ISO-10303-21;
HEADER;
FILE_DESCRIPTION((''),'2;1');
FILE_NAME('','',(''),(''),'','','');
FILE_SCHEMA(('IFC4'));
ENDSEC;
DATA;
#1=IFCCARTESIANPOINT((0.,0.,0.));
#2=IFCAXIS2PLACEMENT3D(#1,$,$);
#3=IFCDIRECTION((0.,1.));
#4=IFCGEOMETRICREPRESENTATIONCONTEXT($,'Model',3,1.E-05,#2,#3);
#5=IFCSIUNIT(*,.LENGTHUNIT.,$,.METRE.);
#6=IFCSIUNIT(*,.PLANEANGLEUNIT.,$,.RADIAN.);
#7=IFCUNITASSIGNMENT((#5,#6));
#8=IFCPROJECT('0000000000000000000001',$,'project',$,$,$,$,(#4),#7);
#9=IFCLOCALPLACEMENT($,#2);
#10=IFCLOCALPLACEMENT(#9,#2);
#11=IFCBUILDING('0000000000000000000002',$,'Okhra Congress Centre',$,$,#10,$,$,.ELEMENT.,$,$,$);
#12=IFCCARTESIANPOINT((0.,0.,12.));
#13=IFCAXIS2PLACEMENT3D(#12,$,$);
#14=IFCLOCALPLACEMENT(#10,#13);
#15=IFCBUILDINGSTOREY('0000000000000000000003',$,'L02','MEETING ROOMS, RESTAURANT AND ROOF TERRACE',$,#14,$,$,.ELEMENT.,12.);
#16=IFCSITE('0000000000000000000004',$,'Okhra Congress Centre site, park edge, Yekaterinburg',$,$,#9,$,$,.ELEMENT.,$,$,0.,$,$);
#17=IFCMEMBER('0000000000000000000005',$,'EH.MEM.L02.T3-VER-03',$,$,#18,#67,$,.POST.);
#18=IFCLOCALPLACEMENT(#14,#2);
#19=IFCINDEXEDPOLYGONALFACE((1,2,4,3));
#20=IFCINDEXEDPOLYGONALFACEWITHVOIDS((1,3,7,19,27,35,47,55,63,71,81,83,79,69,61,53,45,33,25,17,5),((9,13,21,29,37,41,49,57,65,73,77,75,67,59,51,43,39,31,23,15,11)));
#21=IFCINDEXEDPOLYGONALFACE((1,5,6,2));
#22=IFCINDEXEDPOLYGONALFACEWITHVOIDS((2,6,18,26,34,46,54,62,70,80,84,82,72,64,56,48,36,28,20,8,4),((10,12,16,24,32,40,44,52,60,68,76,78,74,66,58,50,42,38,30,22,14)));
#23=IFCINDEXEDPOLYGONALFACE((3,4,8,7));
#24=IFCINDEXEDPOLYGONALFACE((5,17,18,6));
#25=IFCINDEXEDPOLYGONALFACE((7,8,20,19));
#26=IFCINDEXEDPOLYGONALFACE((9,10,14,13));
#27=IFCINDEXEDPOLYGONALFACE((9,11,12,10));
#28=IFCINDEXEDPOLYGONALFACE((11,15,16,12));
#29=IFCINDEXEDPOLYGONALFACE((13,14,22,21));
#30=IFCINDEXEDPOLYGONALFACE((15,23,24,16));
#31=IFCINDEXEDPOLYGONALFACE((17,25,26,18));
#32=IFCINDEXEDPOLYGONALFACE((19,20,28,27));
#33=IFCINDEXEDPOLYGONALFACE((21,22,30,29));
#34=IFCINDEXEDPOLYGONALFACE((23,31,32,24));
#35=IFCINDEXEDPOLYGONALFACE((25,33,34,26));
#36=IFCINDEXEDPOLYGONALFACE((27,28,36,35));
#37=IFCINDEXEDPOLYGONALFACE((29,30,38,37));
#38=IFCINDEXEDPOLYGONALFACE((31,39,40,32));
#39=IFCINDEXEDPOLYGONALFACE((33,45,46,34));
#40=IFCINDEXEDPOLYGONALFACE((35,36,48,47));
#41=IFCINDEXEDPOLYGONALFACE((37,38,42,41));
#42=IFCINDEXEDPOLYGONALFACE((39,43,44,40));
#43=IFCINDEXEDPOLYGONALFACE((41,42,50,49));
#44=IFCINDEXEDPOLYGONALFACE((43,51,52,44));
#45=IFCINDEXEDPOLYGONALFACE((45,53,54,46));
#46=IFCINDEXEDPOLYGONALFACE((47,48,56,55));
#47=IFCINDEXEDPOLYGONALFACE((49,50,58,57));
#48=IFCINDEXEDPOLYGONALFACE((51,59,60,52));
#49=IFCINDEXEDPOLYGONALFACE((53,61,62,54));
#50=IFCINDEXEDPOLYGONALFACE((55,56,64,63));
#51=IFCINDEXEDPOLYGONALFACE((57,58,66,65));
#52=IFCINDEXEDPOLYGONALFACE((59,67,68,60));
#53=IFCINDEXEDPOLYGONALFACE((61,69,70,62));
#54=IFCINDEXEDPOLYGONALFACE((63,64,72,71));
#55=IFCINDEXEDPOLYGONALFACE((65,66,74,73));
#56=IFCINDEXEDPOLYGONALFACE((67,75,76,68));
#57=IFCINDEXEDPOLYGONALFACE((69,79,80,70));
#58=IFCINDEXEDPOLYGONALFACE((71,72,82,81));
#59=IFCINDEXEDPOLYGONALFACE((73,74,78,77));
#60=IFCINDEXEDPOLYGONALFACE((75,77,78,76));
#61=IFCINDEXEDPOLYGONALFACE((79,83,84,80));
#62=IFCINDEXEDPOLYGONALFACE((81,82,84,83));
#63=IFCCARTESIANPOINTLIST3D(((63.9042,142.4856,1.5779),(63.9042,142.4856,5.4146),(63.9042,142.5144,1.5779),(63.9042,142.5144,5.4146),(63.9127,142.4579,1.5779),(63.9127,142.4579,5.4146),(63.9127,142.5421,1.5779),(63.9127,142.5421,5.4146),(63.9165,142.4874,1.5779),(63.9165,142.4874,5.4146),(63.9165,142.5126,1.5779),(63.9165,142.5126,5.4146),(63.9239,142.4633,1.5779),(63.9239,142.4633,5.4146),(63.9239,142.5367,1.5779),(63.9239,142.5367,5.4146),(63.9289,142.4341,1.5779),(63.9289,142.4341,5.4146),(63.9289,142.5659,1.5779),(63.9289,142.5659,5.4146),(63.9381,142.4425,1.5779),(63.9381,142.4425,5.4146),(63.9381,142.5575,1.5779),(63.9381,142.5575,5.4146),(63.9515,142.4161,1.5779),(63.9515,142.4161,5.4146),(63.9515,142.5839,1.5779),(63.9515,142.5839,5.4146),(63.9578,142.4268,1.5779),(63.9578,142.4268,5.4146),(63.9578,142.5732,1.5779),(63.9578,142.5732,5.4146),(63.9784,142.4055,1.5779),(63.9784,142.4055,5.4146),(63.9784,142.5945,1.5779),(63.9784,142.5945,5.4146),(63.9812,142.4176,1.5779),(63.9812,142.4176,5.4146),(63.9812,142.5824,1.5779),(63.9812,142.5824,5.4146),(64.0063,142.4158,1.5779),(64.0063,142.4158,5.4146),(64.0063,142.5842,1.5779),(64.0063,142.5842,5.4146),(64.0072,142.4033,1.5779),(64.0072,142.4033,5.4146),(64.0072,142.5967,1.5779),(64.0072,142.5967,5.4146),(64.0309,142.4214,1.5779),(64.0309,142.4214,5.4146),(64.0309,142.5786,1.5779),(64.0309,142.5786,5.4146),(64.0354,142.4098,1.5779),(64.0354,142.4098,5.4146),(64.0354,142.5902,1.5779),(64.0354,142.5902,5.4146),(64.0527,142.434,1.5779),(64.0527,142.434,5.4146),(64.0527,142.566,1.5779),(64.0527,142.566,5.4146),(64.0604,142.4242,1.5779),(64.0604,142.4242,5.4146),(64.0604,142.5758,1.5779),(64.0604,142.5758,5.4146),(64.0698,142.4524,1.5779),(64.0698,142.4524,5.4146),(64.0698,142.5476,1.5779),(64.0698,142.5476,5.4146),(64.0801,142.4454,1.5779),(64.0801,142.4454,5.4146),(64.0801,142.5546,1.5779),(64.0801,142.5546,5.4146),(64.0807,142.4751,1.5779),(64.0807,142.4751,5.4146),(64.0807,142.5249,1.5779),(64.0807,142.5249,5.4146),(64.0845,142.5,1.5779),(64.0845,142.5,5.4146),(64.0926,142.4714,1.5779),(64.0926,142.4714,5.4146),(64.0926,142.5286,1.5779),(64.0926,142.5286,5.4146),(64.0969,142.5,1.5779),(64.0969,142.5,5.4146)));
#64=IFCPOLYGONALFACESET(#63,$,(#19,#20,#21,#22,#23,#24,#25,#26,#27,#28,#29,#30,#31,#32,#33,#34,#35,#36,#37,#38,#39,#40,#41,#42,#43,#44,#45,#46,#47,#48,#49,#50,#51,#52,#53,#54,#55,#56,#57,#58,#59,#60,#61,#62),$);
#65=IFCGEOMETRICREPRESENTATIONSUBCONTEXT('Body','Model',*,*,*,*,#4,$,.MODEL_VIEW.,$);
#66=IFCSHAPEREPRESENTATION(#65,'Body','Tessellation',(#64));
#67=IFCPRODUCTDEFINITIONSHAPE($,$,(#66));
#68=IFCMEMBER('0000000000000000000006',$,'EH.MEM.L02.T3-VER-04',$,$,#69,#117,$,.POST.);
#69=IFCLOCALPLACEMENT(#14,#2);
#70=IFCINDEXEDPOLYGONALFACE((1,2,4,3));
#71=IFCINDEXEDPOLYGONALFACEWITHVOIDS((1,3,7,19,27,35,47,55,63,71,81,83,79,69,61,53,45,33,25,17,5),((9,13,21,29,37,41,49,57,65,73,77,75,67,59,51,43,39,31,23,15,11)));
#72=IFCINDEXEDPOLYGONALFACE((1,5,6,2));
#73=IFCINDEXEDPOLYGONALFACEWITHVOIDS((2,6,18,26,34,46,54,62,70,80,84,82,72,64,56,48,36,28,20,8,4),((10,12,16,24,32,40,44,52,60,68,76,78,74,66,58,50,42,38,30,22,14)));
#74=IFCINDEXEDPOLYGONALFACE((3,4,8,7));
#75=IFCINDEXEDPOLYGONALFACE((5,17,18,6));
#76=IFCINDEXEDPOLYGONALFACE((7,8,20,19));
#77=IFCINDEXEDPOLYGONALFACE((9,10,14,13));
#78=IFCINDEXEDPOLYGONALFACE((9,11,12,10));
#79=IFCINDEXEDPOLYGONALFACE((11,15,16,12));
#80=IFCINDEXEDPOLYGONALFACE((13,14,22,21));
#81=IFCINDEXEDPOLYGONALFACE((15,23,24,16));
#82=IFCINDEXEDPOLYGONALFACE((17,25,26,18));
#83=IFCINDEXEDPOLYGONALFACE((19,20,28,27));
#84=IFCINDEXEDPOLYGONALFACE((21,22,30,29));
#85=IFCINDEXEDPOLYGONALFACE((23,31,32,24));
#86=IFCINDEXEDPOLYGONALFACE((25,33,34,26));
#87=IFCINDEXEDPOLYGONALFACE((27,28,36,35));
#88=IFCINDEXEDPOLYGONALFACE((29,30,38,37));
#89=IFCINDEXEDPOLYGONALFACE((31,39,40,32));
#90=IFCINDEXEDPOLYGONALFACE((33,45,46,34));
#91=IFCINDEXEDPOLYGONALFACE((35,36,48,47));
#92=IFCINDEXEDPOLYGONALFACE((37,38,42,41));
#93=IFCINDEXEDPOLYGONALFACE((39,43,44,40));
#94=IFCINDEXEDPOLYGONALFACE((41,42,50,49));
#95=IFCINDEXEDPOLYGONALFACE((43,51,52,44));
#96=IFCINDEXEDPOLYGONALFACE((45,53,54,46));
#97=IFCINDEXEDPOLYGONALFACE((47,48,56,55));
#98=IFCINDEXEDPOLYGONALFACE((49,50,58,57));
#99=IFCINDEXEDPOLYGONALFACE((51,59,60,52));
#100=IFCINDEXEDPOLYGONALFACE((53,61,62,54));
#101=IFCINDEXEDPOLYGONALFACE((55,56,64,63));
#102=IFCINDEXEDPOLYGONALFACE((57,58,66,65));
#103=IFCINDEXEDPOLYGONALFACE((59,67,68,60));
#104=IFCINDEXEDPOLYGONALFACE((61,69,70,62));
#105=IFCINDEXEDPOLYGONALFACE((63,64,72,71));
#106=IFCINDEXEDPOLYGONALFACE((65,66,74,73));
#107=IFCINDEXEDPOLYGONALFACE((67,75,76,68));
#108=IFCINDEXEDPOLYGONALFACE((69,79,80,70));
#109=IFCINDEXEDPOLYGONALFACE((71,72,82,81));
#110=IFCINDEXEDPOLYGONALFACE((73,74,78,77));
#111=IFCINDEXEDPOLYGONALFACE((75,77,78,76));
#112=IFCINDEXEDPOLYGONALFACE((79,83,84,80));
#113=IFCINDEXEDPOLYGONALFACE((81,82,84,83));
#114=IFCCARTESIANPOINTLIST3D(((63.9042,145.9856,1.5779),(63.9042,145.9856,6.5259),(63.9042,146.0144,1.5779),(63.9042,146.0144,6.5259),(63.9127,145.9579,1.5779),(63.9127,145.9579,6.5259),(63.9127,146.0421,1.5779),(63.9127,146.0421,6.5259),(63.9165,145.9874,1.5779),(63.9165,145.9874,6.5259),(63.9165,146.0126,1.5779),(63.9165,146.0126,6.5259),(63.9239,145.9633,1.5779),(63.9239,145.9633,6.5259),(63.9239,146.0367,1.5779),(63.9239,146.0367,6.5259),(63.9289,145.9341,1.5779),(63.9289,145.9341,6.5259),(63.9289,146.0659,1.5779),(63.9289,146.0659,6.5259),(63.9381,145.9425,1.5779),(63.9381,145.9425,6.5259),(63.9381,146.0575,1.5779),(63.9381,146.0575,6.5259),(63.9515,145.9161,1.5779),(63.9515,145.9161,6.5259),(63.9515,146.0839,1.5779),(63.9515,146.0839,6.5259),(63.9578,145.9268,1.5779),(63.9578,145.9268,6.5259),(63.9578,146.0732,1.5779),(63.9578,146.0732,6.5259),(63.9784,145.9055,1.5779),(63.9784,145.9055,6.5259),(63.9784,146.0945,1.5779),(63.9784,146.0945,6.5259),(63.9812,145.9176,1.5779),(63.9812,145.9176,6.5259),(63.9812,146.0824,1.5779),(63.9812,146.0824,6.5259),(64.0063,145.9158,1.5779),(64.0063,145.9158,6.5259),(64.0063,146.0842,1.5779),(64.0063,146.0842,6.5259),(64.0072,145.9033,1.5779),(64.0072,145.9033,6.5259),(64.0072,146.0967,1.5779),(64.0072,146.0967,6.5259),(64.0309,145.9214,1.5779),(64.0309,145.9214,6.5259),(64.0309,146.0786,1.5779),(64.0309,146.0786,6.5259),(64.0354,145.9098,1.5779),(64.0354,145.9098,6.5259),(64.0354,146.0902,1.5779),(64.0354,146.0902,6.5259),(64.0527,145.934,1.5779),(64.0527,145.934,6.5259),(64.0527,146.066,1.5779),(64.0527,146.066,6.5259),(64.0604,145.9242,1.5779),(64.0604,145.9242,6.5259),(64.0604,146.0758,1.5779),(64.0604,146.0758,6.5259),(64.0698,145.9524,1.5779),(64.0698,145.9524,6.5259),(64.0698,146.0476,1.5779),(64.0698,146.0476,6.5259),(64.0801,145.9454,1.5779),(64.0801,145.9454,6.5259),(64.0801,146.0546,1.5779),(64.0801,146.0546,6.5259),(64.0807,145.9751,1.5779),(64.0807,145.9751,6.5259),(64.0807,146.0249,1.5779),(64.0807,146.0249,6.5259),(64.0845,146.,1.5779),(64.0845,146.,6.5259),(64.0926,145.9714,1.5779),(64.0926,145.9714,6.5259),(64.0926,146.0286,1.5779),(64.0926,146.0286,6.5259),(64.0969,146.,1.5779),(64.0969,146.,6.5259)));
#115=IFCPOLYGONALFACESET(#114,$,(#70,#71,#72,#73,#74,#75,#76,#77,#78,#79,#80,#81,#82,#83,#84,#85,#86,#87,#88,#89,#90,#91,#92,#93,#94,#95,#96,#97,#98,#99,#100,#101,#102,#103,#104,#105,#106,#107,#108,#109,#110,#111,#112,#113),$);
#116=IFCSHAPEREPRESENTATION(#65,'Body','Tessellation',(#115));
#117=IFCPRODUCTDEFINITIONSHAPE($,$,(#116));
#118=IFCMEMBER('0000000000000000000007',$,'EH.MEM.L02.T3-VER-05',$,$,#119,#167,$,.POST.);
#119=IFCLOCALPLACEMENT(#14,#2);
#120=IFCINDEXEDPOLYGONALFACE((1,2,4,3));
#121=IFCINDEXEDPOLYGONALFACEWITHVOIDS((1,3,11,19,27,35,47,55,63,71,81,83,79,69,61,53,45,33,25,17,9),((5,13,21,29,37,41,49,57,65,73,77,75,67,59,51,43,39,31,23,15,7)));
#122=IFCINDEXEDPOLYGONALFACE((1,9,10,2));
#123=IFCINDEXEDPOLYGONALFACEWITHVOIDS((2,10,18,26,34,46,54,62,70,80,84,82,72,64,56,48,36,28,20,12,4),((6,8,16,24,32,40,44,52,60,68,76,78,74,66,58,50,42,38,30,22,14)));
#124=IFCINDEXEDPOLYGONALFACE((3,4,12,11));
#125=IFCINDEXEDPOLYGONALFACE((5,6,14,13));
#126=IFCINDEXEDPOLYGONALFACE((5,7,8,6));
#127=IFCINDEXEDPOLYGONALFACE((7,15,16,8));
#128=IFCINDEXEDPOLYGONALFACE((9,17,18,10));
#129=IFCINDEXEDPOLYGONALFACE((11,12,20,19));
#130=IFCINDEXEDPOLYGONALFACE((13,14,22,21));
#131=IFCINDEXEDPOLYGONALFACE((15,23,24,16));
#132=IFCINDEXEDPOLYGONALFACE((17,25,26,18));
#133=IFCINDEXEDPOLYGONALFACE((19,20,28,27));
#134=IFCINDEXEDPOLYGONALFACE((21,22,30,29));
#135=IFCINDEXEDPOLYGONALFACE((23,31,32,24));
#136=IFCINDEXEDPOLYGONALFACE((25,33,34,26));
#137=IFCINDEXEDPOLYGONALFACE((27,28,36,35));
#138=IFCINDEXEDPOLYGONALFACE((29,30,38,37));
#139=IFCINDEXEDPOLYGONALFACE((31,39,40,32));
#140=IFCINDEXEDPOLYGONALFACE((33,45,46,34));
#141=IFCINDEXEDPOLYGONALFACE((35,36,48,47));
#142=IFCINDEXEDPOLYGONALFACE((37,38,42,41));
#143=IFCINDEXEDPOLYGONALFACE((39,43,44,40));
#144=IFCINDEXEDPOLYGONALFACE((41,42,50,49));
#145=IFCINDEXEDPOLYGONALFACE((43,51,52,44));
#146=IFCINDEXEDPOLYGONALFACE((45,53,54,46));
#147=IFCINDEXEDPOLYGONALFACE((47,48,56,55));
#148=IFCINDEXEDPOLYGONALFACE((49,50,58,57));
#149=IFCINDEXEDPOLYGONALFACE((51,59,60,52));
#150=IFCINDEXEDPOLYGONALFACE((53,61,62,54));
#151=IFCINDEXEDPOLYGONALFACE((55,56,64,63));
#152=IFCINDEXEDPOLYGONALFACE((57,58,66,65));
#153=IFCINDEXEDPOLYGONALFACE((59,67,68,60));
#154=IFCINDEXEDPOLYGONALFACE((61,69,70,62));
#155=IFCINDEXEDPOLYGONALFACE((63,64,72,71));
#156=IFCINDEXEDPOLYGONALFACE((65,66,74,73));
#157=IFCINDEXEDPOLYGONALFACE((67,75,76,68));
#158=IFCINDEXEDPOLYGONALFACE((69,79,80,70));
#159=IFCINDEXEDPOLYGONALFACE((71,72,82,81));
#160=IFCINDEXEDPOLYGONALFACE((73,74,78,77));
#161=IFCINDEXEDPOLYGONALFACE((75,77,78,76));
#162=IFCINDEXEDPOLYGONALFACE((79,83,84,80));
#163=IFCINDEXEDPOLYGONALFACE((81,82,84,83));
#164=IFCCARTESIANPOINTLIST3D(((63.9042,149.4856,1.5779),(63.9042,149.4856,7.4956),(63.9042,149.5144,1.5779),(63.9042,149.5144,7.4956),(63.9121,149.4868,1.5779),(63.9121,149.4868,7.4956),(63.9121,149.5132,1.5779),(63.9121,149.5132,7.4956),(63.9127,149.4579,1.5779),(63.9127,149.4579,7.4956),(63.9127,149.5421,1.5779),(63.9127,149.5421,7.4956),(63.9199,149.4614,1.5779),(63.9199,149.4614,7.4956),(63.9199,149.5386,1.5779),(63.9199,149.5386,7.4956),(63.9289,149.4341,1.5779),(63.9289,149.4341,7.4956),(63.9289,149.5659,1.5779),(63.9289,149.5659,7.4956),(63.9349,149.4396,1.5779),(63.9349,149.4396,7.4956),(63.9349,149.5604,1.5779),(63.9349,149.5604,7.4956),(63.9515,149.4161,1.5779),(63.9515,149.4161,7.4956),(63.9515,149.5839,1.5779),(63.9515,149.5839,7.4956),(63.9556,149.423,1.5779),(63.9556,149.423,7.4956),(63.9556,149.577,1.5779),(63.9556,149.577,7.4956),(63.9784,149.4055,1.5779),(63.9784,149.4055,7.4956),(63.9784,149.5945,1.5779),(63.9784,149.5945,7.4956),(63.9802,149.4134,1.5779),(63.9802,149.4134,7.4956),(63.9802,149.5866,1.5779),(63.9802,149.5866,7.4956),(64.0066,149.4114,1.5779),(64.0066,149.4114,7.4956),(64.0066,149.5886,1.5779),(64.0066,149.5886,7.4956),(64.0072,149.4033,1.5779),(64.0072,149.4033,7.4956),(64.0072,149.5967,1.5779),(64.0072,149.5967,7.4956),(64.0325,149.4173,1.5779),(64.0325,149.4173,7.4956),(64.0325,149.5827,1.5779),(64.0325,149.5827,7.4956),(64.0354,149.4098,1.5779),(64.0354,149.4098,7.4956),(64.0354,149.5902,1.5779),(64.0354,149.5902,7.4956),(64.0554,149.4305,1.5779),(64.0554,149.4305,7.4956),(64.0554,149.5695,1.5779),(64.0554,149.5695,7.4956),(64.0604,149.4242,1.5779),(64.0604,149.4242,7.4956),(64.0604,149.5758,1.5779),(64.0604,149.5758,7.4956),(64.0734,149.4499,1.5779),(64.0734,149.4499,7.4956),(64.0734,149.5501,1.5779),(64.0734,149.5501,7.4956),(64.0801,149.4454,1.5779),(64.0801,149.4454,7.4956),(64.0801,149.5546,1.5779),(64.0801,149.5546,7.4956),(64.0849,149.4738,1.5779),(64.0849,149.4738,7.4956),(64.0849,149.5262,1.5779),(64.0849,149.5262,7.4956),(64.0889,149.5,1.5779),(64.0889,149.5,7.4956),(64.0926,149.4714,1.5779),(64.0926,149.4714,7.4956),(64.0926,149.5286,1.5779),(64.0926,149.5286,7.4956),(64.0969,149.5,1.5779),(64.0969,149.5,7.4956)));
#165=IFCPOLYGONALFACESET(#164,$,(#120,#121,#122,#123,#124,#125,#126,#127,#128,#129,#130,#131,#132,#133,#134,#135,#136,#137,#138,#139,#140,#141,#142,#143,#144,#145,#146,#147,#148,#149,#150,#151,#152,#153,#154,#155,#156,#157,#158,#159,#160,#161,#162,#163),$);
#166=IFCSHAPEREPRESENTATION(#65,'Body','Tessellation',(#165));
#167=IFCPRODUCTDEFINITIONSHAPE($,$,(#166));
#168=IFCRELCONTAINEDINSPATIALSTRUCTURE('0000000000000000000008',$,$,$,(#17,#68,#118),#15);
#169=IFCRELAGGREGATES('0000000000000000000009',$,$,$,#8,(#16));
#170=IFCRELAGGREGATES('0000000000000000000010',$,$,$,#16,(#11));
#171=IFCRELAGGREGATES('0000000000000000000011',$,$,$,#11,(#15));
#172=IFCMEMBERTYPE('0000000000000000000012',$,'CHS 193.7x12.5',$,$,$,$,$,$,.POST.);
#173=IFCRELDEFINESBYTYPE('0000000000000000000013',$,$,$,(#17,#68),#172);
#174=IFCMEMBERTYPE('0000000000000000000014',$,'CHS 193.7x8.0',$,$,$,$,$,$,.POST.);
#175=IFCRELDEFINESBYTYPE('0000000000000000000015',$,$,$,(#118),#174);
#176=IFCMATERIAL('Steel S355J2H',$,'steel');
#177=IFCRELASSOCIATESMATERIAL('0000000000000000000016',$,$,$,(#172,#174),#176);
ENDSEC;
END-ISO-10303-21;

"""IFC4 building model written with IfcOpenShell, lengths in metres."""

from ifc_helpers import new_model, si_unit, direction, frame, origin, origin_2d, place, context, subcontext, project, spatial, hollow_circle, extrude, material, material_profile, profile_set, type_object, element, save


model = new_model("IFC4")

# Units and contexts
model_context = context("Model", 3, precision=1e-05, world=origin(), true_north=direction((0.0, 1.0)))
body_context = subcontext(model_context, "Body", "Model", "MODEL_VIEW")
ifc_project = project(units=[si_unit("LENGTHUNIT", "METRE"), si_unit("PLANEANGLEUNIT", "RADIAN")], contexts=[model_context])

# Site, building, storey
site_placement = place(None, origin())
site = spatial("IfcSite", under=ifc_project, at=site_placement, Name="Okhra Congress Centre site, park edge, Yekaterinburg", CompositionType="ELEMENT", RefElevation=0.0)
building_placement = place(site_placement, origin())
building = spatial("IfcBuilding", under=site, at=building_placement, Name="Okhra Congress Centre", CompositionType="ELEMENT")
storey_placement = place(building_placement, frame((0.0, 0.0, 12.0)))
storey = spatial("IfcBuildingStorey", under=building, at=storey_placement, Name="L02", Description="MEETING ROOMS, RESTAURANT AND ROOF TERRACE", CompositionType="ELEMENT", Elevation=12.0)

# Members
ifc_material_1 = material(Name="Steel S355J2H", Category="steel")
ifc_material_profile_1 = material_profile(ifc_material_1, hollow_circle(Radius=0.0969, WallThickness=0.0125, at=origin_2d()), Name="CHS 193.7x12.5")
ifc_profile_set_1 = profile_set([ifc_material_profile_1], Name="Steel S355J2H")
member_type_1 = type_object("IfcMemberType", Name="CHS 193.7x12.5", PredefinedType="POST", material=ifc_profile_set_1)
member_1_placement = place(storey_placement, frame((64.0, 142.5, 1.5779), z_axis=(0.0, 0.0, 1.0), x_axis=(1.0, 0.0, 0.0)))
element("IfcMember", 1, at=member_1_placement, inside=storey, type_object=member_type_1, Name="EH.MEM.L02.T3-VER-03", PredefinedType="POST", context=body_context, shape_type="SweptSolid", body=[
    extrude(hollow_circle(Radius=0.0969, WallThickness=0.0125, at=origin_2d()), origin(), (0.0, 0.0, 1.0), 3.8367),
])
member_2_placement = place(storey_placement, frame((64.0, 146.0, 1.5779), z_axis=(0.0, 0.0, 1.0), x_axis=(1.0, 0.0, 0.0)))
element("IfcMember", 2, at=member_2_placement, inside=storey, type_object=member_type_1, Name="EH.MEM.L02.T3-VER-04", PredefinedType="POST", context=body_context, shape_type="SweptSolid", body=[
    extrude(hollow_circle(Radius=0.0969, WallThickness=0.0125, at=origin_2d()), origin(), (0.0, 0.0, 1.0), 4.948),
])
ifc_material_profile_2 = material_profile(ifc_material_1, hollow_circle(Radius=0.0969, WallThickness=0.0081, at=origin_2d()), Name="CHS 193.7x8.0")
ifc_profile_set_2 = profile_set([ifc_material_profile_2], Name="Steel S355J2H")
member_type_2 = type_object("IfcMemberType", Name="CHS 193.7x8.0", PredefinedType="POST", material=ifc_profile_set_2)
member_3_placement = place(storey_placement, frame((64.0, 149.5, 1.5779), z_axis=(0.0, 0.0, 1.0), x_axis=(1.0, 0.0, 0.0)))
element("IfcMember", 3, at=member_3_placement, inside=storey, type_object=member_type_2, Name="EH.MEM.L02.T3-VER-05", PredefinedType="POST", context=body_context, shape_type="SweptSolid", body=[
    extrude(hollow_circle(Radius=0.0969, WallThickness=0.0081, at=origin_2d()), origin(), (0.0, 0.0, 1.0), 5.9177),
])

save(model, "model.ifc")
